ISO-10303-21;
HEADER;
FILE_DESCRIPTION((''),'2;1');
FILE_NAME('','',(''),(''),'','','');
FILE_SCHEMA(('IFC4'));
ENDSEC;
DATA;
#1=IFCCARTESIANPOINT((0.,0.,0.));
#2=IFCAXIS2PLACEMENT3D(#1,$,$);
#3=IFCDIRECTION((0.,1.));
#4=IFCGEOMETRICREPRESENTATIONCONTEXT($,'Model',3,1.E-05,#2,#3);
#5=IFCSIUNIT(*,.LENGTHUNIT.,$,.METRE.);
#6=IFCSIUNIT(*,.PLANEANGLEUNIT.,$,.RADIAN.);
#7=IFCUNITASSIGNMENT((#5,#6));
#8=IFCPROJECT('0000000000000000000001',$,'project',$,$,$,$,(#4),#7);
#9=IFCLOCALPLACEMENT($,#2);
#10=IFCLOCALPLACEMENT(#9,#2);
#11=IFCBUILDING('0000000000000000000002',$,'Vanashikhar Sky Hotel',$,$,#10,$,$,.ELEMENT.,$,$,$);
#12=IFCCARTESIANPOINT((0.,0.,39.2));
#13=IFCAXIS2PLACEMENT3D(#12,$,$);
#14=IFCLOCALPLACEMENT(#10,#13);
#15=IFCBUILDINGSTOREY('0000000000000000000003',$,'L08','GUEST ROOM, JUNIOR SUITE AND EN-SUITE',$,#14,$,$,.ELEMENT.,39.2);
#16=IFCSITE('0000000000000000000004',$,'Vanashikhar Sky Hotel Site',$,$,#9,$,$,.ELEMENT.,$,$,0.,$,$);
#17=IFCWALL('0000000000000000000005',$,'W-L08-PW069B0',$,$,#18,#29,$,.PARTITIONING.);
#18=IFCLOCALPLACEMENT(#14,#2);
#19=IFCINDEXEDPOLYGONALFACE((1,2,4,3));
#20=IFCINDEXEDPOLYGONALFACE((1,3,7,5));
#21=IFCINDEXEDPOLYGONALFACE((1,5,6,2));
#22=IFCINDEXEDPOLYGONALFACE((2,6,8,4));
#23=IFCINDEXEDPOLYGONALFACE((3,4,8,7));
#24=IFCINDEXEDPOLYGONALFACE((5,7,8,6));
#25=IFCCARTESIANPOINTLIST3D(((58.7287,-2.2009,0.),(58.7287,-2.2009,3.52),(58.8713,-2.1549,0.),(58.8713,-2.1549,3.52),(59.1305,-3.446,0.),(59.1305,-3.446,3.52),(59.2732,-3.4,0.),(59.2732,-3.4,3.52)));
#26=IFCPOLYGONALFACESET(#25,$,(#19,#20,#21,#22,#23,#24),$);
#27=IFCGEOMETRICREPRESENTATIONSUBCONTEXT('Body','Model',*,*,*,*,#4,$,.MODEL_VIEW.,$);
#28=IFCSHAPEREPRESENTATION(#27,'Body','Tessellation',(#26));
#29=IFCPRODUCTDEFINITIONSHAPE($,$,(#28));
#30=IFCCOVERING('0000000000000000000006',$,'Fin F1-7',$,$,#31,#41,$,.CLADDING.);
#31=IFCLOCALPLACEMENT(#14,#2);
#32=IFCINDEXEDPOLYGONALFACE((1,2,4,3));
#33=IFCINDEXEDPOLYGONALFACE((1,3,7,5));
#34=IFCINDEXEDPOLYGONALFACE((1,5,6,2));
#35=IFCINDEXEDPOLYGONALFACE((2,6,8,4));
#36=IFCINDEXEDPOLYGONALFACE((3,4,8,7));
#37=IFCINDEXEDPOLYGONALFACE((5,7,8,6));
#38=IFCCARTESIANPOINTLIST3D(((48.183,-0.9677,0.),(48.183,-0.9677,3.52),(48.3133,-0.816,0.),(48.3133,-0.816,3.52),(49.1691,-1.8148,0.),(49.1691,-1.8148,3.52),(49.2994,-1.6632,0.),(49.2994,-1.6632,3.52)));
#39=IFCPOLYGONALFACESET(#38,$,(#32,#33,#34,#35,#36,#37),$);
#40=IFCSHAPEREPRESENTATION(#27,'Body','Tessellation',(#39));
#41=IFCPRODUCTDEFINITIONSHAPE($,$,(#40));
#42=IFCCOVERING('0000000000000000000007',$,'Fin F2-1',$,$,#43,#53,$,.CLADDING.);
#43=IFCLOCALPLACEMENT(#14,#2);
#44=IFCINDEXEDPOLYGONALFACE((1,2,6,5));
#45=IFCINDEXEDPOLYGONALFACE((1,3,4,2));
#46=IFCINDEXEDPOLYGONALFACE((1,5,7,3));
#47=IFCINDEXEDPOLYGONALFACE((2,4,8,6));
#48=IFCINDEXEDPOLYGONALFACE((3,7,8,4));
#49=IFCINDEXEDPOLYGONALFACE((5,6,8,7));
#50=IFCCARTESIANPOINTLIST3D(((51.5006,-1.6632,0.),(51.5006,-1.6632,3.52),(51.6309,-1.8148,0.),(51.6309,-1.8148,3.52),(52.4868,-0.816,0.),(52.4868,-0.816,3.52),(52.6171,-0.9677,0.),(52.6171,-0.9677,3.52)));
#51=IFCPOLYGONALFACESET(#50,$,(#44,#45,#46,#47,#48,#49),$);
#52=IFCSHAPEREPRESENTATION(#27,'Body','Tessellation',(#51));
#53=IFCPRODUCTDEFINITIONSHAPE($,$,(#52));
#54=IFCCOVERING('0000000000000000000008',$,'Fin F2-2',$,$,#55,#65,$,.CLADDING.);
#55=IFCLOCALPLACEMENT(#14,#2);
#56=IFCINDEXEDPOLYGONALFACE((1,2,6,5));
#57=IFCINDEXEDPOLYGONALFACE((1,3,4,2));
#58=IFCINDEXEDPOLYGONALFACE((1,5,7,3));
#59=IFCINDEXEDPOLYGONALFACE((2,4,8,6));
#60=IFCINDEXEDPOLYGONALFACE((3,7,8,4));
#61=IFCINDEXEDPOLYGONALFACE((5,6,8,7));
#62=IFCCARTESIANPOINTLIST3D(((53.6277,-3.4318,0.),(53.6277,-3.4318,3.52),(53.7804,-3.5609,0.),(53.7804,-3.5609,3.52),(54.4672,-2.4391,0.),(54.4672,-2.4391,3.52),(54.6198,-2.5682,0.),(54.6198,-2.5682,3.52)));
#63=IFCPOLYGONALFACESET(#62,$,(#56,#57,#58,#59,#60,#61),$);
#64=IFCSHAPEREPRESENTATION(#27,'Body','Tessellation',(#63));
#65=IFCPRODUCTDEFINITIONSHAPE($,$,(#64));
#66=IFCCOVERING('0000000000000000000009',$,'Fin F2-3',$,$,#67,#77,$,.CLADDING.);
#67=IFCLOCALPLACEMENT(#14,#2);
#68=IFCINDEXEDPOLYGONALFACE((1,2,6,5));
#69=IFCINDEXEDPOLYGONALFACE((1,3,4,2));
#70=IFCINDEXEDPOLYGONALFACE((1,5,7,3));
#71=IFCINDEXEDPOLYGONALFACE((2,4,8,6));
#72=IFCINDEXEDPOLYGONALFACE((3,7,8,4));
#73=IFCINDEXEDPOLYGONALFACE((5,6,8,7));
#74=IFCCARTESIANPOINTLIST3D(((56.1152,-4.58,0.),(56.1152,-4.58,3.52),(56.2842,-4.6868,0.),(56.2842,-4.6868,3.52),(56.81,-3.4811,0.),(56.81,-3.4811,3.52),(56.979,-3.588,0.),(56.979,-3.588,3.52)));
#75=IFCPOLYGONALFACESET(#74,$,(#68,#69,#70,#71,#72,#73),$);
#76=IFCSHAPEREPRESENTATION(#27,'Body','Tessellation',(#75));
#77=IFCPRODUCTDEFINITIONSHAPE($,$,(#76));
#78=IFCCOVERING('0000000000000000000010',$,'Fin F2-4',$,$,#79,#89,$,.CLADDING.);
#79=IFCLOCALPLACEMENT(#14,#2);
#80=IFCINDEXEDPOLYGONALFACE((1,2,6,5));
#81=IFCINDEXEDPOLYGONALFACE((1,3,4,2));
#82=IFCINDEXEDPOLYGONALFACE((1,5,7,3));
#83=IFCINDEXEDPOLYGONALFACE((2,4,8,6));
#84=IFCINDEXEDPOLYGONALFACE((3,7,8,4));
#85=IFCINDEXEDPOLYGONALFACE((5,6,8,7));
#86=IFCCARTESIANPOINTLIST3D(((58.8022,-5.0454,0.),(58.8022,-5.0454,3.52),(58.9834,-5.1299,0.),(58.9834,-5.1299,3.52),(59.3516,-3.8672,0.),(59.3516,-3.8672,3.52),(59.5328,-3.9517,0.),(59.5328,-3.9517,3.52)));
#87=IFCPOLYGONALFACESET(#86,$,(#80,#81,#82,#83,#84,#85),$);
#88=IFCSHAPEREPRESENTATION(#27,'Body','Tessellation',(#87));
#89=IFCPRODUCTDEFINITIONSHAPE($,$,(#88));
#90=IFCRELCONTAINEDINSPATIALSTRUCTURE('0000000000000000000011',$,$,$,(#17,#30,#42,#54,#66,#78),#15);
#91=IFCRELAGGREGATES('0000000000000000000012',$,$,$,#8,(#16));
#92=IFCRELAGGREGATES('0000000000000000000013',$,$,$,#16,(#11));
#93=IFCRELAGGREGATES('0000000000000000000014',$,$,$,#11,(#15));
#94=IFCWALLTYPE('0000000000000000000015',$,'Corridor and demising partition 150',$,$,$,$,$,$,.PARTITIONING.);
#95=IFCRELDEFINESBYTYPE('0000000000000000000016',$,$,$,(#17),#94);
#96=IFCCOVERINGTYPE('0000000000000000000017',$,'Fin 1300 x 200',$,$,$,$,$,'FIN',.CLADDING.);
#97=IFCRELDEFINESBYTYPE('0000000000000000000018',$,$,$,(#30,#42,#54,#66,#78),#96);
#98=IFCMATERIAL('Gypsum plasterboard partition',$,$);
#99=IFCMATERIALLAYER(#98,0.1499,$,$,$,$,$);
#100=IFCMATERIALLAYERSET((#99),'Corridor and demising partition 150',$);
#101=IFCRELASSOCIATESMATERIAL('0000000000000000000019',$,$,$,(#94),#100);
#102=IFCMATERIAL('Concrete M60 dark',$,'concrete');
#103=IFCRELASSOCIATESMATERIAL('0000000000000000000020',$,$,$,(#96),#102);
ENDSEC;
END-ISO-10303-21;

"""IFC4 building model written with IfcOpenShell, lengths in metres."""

from ifc_helpers import new_model, si_unit, direction, frame, frame_2d, origin, origin_2d, place, context, subcontext, project, spatial, rectangle, extrude, source, transform, mapped, material, layer, layer_set, material_profile, profile_set, type_object, element, save


model = new_model("IFC4")

# Units and contexts
model_context = context("Model", 3, precision=1e-05, world=origin(), true_north=direction((0.0, 1.0)))
body_context = subcontext(model_context, "Body", "Model", "MODEL_VIEW")
ifc_project = project(units=[si_unit("LENGTHUNIT", "METRE"), si_unit("PLANEANGLEUNIT", "RADIAN")], contexts=[model_context])

# Site, building, storey
site_placement = place(None, origin())
site = spatial("IfcSite", under=ifc_project, at=site_placement, Name="Vanashikhar Sky Hotel Site", CompositionType="ELEMENT", RefElevation=0.0)
building_placement = place(site_placement, origin())
building = spatial("IfcBuilding", under=site, at=building_placement, Name="Vanashikhar Sky Hotel", CompositionType="ELEMENT")
storey_placement = place(building_placement, frame((0.0, 0.0, 39.2)))
storey = spatial("IfcBuildingStorey", under=building, at=storey_placement, Name="L08", Description="GUEST ROOM, JUNIOR SUITE AND EN-SUITE", CompositionType="ELEMENT", Elevation=39.2)

# Wall
ifc_material_1 = material(Name="Gypsum plasterboard partition")
ifc_layer_1 = layer(ifc_material_1, 0.1499)
ifc_layer_set_1 = layer_set([ifc_layer_1], Name="Corridor and demising partition 150")
wall_type_1 = type_object("IfcWallType", Name="Corridor and demising partition 150", PredefinedType="PARTITIONING", material=ifc_layer_set_1)
shared_shape_1 = source(origin(), body_context, "Body", "SweptSolid", [
    extrude(rectangle(XDim=1.3083, YDim=0.1499, at=frame_2d((0.6543, 0.0))), origin(), (0.0, 0.0, 1.0), 3.52),
])
wall_1_placement = place(storey_placement, frame((59.2019, -3.4231, 0.0), z_axis=(0.0, 0.0, 1.0), x_axis=(-0.307145, 0.951663, 0.0)))
element("IfcWall", 1, at=wall_1_placement, inside=storey, type_object=wall_type_1, Name="W-L08-PW069B0", PredefinedType="PARTITIONING", context=body_context, shape_type="MappedRepresentation", body=[
    mapped(shared_shape_1, transform((0.0, 0.0, 0.0), scale=1.0)),
])

# Coverings
ifc_material_2 = material(Name="Concrete M60 dark", Category="concrete")
ifc_material_profile = material_profile(ifc_material_2, rectangle(XDim=1.3, YDim=0.2, at=origin_2d()))
ifc_profile_set = profile_set([ifc_material_profile], Name="Fin 1300 x 200")
covering_type = type_object("IfcCoveringType", Name="Fin 1300 x 200", ElementType="FIN", PredefinedType="CLADDING", material=ifc_profile_set)
shared_shape_2 = source(origin(), body_context, "Body", "SweptSolid", [
    extrude(rectangle(XDim=1.3, YDim=0.2, at=origin_2d()), origin(), (0.0, 0.0, 1.0), 3.52),
])
for number, where, z_axis, x_axis, name in (
    (2, (48.7412, -1.3154, 0.0), (0.0, 0.0, 1.0), (0.758544, -0.651622, 0.0), "Fin F1-7"),
    (3, (52.0588, -1.3154, 0.0), (0.0, 0.0, 1.0), (-0.758544, -0.651622, 0.0), "Fin F2-1"),
    (4, (54.1238, -3.0, 0.0), (0.0, 0.0, 1.0), (-0.645698, -0.763593, 0.0), "Fin F2-2"),
    (5, (56.5471, -4.084, 0.0), (0.0, 0.0, 1.0), (-0.534411, -0.845225, 0.0), "Fin F2-3"),
    (6, (59.1675, -4.4985, 0.0), (0.0, 0.0, 1.0), (-0.422618, -0.906308, 0.0), "Fin F2-4"),
):
    element("IfcCovering", number, at=place(storey_placement, frame(where, z_axis=z_axis, x_axis=x_axis)), inside=storey, type_object=covering_type, Name=name, PredefinedType="CLADDING", context=body_context, shape_type="MappedRepresentation", body=[
        mapped(shared_shape_2, transform((0.0, 0.0, 0.0), scale=1.0)),
    ])

save(model, "model.ifc")
